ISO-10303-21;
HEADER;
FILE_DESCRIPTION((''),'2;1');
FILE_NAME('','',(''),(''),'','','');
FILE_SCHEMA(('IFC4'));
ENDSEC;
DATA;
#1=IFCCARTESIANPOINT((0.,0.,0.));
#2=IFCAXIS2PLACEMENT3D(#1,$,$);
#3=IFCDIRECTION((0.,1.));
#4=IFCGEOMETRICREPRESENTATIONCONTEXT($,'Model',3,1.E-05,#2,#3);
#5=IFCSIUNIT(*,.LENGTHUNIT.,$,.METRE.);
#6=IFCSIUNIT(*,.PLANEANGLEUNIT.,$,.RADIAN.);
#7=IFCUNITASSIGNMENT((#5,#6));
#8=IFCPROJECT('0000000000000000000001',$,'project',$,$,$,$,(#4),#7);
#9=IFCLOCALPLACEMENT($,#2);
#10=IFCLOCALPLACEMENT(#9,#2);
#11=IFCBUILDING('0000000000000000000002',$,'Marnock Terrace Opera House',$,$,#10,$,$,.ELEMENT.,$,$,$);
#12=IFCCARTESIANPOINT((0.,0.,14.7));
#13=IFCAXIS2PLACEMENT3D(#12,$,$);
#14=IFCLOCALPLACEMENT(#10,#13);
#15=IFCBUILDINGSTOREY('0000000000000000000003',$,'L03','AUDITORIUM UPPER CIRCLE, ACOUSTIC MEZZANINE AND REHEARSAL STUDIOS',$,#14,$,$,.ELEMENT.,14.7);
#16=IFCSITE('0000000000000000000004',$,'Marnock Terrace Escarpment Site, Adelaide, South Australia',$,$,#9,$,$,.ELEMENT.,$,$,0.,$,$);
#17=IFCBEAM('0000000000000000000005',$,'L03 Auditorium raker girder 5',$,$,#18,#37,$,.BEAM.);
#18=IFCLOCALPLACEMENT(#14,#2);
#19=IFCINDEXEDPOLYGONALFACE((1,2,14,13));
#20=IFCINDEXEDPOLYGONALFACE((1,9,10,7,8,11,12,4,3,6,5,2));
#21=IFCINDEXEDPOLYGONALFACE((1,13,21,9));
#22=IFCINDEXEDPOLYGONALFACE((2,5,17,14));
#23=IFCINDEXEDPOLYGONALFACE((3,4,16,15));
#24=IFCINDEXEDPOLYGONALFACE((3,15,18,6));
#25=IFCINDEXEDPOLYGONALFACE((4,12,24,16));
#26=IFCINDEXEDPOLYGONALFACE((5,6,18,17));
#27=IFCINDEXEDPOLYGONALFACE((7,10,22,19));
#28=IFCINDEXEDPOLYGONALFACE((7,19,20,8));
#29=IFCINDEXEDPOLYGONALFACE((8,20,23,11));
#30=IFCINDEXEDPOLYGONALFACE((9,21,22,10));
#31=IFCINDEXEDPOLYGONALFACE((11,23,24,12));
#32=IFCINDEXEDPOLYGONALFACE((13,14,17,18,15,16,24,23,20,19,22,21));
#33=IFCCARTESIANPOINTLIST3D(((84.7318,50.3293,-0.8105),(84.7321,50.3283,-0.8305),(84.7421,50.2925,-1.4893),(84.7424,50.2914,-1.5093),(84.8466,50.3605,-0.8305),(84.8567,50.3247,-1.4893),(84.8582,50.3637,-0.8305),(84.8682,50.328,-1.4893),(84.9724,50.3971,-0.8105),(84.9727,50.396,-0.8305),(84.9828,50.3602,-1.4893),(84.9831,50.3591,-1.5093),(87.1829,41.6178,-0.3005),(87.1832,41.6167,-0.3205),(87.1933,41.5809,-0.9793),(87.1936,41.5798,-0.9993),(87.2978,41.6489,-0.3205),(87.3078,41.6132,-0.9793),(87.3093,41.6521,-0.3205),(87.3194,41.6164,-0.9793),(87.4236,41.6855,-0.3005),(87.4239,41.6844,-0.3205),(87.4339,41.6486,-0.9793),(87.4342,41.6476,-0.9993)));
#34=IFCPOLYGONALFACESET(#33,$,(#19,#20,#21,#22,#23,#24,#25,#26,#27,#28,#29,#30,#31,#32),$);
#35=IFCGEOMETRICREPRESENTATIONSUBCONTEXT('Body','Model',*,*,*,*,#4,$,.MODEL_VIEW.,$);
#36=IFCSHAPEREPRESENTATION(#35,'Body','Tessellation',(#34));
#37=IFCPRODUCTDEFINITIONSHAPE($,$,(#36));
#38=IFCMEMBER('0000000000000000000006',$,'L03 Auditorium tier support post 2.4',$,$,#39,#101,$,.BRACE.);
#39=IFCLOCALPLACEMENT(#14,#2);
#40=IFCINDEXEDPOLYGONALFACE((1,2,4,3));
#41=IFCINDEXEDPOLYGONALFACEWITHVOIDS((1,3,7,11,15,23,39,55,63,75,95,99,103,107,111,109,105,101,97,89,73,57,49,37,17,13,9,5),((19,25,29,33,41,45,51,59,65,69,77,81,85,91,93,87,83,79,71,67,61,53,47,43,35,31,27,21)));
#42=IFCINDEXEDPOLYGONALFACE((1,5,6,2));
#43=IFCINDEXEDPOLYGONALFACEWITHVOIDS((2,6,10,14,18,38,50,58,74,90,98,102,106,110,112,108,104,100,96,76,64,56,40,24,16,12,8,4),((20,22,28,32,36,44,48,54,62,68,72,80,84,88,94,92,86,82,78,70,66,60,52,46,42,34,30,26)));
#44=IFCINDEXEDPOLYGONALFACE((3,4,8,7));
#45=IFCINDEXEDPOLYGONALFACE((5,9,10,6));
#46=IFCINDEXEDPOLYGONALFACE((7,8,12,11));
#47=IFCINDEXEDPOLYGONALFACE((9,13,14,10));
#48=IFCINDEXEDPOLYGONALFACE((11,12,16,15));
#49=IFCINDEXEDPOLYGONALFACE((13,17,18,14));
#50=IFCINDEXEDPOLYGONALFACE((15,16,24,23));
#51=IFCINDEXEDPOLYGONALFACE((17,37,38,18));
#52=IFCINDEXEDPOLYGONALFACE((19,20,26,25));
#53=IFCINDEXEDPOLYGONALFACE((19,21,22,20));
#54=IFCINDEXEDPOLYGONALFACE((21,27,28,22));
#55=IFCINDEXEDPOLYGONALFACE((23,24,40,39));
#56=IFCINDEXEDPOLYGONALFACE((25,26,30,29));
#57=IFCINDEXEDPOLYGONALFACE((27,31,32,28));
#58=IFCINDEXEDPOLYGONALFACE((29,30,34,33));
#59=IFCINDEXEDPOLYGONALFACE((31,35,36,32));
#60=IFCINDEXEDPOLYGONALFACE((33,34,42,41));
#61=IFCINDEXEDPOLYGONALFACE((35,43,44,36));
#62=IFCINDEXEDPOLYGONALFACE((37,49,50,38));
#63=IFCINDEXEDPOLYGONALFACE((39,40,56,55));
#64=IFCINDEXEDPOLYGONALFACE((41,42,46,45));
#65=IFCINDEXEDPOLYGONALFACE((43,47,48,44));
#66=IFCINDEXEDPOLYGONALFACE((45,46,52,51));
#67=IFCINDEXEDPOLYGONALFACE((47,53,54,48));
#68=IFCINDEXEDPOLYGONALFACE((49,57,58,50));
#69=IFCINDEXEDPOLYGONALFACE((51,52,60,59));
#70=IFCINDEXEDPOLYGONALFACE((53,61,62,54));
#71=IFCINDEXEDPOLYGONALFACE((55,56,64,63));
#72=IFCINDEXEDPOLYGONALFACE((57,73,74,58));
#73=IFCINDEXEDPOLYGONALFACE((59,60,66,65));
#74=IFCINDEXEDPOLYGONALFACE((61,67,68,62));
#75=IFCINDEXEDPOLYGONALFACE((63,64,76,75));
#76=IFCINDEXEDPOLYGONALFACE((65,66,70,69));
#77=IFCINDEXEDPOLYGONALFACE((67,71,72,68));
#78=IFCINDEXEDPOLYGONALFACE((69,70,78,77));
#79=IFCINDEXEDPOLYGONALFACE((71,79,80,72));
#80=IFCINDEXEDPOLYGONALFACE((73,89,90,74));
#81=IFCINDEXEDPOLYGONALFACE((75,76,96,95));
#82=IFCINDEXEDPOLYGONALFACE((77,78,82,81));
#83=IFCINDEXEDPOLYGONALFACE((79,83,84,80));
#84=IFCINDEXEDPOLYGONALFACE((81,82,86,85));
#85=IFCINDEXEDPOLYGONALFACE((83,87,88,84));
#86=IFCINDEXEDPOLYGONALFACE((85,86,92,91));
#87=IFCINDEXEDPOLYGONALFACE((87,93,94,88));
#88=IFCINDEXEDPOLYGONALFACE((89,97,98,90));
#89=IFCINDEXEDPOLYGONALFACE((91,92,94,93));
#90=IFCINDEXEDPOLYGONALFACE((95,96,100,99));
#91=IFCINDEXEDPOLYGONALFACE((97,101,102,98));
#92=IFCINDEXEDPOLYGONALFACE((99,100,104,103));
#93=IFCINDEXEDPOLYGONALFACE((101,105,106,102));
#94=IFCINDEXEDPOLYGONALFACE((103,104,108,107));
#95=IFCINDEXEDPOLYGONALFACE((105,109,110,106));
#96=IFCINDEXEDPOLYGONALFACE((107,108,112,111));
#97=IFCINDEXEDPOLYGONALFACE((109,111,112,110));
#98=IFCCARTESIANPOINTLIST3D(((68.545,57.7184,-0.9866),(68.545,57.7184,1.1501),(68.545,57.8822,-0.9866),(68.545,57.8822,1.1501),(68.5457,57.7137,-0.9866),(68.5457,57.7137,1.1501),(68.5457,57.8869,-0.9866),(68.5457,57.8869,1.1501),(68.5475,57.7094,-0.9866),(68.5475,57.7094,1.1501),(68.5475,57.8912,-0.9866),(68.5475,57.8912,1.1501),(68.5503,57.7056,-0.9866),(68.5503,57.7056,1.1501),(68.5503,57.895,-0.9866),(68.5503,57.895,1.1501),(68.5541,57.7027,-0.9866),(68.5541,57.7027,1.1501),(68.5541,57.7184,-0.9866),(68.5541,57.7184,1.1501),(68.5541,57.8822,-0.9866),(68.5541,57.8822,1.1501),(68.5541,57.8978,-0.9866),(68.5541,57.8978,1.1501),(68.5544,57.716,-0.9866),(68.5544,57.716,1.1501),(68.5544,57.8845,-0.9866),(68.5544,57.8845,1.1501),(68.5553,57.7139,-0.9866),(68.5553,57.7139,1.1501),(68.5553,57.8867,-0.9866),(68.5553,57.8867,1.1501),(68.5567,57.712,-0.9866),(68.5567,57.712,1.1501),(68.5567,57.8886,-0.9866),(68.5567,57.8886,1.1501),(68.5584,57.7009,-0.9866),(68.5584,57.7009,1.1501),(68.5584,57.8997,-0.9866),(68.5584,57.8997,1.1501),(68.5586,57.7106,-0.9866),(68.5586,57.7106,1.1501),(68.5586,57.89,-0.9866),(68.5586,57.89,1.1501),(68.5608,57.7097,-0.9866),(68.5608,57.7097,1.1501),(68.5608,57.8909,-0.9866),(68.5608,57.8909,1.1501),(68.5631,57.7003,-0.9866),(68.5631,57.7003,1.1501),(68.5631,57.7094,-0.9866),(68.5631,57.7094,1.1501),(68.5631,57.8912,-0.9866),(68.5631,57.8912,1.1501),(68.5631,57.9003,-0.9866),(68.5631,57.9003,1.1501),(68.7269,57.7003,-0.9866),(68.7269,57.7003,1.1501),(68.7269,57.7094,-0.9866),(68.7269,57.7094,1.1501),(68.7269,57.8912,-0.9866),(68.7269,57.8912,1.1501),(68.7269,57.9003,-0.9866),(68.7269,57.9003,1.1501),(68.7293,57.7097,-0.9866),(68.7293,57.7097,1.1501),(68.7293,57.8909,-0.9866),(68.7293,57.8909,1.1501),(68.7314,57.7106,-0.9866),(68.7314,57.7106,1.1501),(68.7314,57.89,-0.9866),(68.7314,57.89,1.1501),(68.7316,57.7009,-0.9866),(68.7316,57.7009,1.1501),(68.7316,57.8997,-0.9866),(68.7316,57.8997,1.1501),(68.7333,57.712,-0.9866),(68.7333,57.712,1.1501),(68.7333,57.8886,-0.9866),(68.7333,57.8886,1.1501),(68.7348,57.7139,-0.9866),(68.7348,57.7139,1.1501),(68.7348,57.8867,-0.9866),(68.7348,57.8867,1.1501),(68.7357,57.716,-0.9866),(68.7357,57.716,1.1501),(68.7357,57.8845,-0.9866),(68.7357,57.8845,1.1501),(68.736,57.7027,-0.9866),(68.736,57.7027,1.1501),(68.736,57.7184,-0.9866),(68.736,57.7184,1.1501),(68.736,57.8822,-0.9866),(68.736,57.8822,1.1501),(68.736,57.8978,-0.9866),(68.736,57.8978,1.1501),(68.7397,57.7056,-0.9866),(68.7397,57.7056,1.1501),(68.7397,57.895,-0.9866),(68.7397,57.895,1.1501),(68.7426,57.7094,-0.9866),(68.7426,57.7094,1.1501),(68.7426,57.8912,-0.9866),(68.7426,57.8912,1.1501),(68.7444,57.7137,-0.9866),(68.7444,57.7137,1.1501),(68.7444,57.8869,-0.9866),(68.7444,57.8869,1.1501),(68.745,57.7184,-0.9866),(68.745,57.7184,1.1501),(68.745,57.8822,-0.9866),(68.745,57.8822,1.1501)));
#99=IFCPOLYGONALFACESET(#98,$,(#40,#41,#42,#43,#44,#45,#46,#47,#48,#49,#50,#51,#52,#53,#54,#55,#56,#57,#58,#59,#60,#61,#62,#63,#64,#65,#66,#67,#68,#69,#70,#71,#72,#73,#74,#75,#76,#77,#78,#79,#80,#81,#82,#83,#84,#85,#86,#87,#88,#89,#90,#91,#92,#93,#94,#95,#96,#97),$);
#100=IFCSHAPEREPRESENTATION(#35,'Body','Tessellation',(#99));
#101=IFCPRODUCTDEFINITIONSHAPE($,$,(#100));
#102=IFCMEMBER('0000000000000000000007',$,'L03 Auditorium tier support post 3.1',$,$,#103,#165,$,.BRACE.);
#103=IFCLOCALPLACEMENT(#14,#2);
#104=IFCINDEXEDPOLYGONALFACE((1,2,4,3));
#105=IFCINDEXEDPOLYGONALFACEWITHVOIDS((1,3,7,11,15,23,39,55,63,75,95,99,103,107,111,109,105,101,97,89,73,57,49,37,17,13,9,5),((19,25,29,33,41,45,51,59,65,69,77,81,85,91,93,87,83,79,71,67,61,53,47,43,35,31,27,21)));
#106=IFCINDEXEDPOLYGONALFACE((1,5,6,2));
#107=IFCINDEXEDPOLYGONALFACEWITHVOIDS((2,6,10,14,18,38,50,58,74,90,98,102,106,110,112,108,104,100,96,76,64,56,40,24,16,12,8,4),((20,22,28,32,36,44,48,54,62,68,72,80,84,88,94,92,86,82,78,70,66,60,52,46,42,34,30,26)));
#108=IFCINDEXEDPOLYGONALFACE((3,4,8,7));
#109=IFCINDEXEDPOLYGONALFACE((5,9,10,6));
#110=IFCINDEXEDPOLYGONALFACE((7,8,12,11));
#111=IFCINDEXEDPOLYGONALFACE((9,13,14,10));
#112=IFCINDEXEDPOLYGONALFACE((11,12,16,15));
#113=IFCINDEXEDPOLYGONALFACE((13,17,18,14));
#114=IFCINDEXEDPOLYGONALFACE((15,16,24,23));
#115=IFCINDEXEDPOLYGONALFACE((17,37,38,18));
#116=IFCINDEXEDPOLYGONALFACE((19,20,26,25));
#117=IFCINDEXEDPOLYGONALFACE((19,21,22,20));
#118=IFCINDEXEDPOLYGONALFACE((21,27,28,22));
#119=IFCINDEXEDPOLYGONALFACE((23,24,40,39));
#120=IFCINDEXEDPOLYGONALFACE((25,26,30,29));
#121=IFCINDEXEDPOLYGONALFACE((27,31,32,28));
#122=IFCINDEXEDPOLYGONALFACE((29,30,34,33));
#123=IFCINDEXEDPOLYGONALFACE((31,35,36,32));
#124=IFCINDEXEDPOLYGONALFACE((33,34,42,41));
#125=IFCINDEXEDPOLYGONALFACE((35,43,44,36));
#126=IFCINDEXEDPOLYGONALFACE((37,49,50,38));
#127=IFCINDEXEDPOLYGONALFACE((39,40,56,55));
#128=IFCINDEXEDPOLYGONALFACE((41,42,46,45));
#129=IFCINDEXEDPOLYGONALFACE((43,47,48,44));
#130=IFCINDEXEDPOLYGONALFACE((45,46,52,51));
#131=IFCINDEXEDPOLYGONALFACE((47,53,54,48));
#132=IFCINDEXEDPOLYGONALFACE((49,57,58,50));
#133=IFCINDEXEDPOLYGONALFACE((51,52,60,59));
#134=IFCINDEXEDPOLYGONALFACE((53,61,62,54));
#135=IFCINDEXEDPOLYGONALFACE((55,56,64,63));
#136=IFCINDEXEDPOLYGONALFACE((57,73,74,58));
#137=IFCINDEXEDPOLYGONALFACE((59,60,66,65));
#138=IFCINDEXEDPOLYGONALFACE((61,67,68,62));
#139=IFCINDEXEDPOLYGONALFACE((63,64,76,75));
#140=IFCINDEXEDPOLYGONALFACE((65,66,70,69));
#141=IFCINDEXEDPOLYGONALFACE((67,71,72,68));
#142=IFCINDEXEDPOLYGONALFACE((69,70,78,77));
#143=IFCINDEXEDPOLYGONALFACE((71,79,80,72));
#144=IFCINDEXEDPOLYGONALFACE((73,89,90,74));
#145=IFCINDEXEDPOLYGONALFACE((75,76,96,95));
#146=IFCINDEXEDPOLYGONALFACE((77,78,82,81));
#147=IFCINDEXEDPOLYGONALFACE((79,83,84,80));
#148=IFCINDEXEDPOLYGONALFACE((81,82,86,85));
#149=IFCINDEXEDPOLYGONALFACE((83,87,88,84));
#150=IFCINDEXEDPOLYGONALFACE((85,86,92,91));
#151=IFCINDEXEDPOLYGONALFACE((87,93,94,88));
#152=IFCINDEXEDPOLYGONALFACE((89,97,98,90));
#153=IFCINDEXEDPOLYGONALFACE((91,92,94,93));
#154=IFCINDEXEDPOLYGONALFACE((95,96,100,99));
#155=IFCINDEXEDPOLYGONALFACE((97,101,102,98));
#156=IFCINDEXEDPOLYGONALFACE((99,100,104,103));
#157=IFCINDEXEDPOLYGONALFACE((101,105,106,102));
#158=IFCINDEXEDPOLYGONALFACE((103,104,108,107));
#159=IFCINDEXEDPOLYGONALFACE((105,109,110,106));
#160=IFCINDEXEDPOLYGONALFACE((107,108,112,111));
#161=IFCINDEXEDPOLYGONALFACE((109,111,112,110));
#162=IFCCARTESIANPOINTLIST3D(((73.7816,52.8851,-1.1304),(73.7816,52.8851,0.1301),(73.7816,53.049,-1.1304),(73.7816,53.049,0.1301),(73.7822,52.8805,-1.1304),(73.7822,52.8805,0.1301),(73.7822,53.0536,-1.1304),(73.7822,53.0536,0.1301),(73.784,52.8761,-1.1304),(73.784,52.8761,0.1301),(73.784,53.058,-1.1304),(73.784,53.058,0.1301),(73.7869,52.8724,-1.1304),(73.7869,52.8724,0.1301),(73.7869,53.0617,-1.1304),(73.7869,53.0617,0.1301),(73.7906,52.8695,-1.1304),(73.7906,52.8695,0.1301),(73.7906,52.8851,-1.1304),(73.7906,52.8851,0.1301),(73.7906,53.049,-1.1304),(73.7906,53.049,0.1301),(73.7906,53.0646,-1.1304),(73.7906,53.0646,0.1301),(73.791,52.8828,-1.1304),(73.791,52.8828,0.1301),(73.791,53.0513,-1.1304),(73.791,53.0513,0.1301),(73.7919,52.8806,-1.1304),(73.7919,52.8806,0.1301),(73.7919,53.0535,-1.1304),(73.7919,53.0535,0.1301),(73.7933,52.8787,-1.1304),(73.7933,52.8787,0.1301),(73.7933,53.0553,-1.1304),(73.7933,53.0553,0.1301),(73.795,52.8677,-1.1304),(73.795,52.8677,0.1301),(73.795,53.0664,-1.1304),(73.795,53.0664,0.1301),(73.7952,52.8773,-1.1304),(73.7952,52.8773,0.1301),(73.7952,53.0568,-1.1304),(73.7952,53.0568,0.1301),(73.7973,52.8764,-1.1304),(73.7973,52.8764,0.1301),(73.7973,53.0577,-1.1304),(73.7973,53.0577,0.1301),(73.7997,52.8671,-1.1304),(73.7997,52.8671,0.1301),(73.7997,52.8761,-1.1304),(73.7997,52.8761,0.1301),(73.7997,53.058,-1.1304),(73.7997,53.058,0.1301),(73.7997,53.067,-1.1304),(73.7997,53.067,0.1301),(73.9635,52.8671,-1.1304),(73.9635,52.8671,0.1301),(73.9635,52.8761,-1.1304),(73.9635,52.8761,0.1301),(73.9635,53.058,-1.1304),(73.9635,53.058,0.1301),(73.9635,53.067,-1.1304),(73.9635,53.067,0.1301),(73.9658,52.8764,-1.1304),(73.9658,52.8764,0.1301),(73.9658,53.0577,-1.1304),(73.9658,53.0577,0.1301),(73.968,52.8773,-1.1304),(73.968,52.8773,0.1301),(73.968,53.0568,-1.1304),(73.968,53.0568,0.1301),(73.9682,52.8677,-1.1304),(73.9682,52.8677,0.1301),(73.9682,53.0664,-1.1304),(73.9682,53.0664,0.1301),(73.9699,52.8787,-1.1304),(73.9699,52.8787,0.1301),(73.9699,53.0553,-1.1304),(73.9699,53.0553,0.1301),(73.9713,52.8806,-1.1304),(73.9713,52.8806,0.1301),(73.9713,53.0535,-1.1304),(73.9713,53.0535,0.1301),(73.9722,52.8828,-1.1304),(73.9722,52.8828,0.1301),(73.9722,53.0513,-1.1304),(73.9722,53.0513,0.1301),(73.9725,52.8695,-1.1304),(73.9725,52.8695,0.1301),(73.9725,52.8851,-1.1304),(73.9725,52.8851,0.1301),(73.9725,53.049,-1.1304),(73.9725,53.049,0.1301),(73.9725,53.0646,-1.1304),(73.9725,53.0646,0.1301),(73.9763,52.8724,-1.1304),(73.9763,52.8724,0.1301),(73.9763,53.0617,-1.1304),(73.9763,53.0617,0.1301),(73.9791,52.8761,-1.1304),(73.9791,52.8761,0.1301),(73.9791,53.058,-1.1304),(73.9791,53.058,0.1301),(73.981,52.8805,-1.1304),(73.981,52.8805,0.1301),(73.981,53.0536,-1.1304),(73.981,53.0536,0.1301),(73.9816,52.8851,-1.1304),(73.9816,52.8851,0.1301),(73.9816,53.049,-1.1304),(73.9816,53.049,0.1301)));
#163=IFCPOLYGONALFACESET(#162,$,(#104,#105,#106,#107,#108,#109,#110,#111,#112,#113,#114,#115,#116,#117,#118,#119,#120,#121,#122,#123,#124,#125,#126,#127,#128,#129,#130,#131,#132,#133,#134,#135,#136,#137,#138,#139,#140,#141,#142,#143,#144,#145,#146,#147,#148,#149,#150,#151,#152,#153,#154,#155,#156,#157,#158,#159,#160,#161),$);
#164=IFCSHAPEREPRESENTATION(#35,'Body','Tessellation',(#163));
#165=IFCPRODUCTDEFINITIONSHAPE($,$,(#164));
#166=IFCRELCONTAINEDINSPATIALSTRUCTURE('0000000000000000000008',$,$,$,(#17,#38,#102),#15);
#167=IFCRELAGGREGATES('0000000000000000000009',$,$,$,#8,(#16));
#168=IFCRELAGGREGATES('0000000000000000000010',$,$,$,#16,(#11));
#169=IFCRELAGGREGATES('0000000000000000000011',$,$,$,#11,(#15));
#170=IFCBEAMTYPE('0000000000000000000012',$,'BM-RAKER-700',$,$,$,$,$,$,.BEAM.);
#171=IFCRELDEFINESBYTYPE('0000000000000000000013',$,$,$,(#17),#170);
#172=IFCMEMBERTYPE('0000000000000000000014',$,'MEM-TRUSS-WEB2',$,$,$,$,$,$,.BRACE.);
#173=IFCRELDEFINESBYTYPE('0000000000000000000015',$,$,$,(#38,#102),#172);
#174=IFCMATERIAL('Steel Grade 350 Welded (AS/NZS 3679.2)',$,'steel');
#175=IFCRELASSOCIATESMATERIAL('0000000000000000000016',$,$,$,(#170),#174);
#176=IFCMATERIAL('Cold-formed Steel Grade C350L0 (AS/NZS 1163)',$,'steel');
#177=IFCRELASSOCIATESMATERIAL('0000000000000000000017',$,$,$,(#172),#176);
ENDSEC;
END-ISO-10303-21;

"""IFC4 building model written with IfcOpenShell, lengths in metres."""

from ifc_helpers import new_model, si_unit, direction, frame, origin, origin_2d, place, context, subcontext, project, spatial, hollow_rectangle, i_section, extrude, material, material_profile, profile_set, type_object, element, save


model = new_model("IFC4")

# Units and contexts
model_context = context("Model", 3, precision=1e-05, world=origin(), true_north=direction((0.0, 1.0)))
body_context = subcontext(model_context, "Body", "Model", "MODEL_VIEW")
ifc_project = project(units=[si_unit("LENGTHUNIT", "METRE"), si_unit("PLANEANGLEUNIT", "RADIAN")], contexts=[model_context])

# Site, building, storey
site_placement = place(None, origin())
site = spatial("IfcSite", under=ifc_project, at=site_placement, Name="Marnock Terrace Escarpment Site, Adelaide, South Australia", CompositionType="ELEMENT", RefElevation=0.0)
building_placement = place(site_placement, origin())
building = spatial("IfcBuilding", under=site, at=building_placement, Name="Marnock Terrace Opera House", CompositionType="ELEMENT")
storey_placement = place(building_placement, frame((0.0, 0.0, 14.7)))
storey = spatial("IfcBuildingStorey", under=building, at=storey_placement, Name="L03", Description="AUDITORIUM UPPER CIRCLE, ACOUSTIC MEZZANINE AND REHEARSAL STUDIOS", CompositionType="ELEMENT", Elevation=14.7)

# Beam
ifc_material_1 = material(Name="Steel Grade 350 Welded (AS/NZS 3679.2)", Category="steel")
ifc_material_profile_1 = material_profile(ifc_material_1, i_section(OverallWidth=0.25, OverallDepth=0.7, WebThickness=0.012, FlangeThickness=0.02, at=origin_2d()))
ifc_profile_set_1 = profile_set([ifc_material_profile_1], Name="Steel Grade 350 Welded (AS/NZS 3679.2)")
beam_type_1 = type_object("IfcBeamType", Name="BM-RAKER-700", PredefinedType="BEAM", material=ifc_profile_set_1)
for number, where, z_axis, x_axis, name in (
    (1, (84.8574, 50.3442, -1.1599), (0.27042, -0.961097, 0.056266), (0.962622, 0.270849, 0.0), "L03 Auditorium raker girder 5"),
):
    element("IfcBeam", number, at=place(storey_placement, frame(where, z_axis=z_axis, x_axis=x_axis)), inside=storey, type_object=beam_type_1, Name=name, PredefinedType="BEAM", context=body_context, shape_type="SweptSolid", body=[
        extrude(i_section(OverallWidth=0.25, OverallDepth=0.7, WebThickness=0.012, FlangeThickness=0.02, at=origin_2d()), origin(), (0.0, 0.0, 1.0), 9.0642),
    ])

# Members
ifc_material_2 = material(Name="Cold-formed Steel Grade C350L0 (AS/NZS 1163)", Category="steel")
ifc_material_profile_2 = material_profile(ifc_material_2, hollow_rectangle(XDim=0.2, YDim=0.2, WallThickness=0.009, InnerFilletRadius=0.009, OuterFilletRadius=0.0181, at=origin_2d()))
ifc_profile_set_2 = profile_set([ifc_material_profile_2], Name="Cold-formed Steel Grade C350L0 (AS/NZS 1163)")
member_type = type_object("IfcMemberType", Name="MEM-TRUSS-WEB2", PredefinedType="BRACE", material=ifc_profile_set_2)
member_1_placement = place(storey_placement, frame((68.645, 57.8003, -0.9866), z_axis=(0.0, 0.0, 1.0), x_axis=(1.0, 0.0, 0.0)))
element("IfcMember", 2, at=member_1_placement, inside=storey, type_object=member_type, Name="L03 Auditorium tier support post 2.4", PredefinedType="BRACE", context=body_context, shape_type="SweptSolid", body=[
    extrude(hollow_rectangle(XDim=0.2, YDim=0.2, WallThickness=0.009, InnerFilletRadius=0.009, OuterFilletRadius=0.0181, at=origin_2d()), origin(), (0.0, 0.0, 1.0), 2.1367),
])
member_2_placement = place(storey_placement, frame((73.8816, 52.967, -1.1304), z_axis=(0.0, 0.0, 1.0), x_axis=(1.0, 0.0, 0.0)))
element("IfcMember", 3, at=member_2_placement, inside=storey, type_object=member_type, Name="L03 Auditorium tier support post 3.1", PredefinedType="BRACE", context=body_context, shape_type="SweptSolid", body=[
    extrude(hollow_rectangle(XDim=0.2, YDim=0.2, WallThickness=0.009, InnerFilletRadius=0.009, OuterFilletRadius=0.0181, at=origin_2d()), origin(), (0.0, 0.0, 1.0), 1.2605),
])

save(model, "model.ifc")
